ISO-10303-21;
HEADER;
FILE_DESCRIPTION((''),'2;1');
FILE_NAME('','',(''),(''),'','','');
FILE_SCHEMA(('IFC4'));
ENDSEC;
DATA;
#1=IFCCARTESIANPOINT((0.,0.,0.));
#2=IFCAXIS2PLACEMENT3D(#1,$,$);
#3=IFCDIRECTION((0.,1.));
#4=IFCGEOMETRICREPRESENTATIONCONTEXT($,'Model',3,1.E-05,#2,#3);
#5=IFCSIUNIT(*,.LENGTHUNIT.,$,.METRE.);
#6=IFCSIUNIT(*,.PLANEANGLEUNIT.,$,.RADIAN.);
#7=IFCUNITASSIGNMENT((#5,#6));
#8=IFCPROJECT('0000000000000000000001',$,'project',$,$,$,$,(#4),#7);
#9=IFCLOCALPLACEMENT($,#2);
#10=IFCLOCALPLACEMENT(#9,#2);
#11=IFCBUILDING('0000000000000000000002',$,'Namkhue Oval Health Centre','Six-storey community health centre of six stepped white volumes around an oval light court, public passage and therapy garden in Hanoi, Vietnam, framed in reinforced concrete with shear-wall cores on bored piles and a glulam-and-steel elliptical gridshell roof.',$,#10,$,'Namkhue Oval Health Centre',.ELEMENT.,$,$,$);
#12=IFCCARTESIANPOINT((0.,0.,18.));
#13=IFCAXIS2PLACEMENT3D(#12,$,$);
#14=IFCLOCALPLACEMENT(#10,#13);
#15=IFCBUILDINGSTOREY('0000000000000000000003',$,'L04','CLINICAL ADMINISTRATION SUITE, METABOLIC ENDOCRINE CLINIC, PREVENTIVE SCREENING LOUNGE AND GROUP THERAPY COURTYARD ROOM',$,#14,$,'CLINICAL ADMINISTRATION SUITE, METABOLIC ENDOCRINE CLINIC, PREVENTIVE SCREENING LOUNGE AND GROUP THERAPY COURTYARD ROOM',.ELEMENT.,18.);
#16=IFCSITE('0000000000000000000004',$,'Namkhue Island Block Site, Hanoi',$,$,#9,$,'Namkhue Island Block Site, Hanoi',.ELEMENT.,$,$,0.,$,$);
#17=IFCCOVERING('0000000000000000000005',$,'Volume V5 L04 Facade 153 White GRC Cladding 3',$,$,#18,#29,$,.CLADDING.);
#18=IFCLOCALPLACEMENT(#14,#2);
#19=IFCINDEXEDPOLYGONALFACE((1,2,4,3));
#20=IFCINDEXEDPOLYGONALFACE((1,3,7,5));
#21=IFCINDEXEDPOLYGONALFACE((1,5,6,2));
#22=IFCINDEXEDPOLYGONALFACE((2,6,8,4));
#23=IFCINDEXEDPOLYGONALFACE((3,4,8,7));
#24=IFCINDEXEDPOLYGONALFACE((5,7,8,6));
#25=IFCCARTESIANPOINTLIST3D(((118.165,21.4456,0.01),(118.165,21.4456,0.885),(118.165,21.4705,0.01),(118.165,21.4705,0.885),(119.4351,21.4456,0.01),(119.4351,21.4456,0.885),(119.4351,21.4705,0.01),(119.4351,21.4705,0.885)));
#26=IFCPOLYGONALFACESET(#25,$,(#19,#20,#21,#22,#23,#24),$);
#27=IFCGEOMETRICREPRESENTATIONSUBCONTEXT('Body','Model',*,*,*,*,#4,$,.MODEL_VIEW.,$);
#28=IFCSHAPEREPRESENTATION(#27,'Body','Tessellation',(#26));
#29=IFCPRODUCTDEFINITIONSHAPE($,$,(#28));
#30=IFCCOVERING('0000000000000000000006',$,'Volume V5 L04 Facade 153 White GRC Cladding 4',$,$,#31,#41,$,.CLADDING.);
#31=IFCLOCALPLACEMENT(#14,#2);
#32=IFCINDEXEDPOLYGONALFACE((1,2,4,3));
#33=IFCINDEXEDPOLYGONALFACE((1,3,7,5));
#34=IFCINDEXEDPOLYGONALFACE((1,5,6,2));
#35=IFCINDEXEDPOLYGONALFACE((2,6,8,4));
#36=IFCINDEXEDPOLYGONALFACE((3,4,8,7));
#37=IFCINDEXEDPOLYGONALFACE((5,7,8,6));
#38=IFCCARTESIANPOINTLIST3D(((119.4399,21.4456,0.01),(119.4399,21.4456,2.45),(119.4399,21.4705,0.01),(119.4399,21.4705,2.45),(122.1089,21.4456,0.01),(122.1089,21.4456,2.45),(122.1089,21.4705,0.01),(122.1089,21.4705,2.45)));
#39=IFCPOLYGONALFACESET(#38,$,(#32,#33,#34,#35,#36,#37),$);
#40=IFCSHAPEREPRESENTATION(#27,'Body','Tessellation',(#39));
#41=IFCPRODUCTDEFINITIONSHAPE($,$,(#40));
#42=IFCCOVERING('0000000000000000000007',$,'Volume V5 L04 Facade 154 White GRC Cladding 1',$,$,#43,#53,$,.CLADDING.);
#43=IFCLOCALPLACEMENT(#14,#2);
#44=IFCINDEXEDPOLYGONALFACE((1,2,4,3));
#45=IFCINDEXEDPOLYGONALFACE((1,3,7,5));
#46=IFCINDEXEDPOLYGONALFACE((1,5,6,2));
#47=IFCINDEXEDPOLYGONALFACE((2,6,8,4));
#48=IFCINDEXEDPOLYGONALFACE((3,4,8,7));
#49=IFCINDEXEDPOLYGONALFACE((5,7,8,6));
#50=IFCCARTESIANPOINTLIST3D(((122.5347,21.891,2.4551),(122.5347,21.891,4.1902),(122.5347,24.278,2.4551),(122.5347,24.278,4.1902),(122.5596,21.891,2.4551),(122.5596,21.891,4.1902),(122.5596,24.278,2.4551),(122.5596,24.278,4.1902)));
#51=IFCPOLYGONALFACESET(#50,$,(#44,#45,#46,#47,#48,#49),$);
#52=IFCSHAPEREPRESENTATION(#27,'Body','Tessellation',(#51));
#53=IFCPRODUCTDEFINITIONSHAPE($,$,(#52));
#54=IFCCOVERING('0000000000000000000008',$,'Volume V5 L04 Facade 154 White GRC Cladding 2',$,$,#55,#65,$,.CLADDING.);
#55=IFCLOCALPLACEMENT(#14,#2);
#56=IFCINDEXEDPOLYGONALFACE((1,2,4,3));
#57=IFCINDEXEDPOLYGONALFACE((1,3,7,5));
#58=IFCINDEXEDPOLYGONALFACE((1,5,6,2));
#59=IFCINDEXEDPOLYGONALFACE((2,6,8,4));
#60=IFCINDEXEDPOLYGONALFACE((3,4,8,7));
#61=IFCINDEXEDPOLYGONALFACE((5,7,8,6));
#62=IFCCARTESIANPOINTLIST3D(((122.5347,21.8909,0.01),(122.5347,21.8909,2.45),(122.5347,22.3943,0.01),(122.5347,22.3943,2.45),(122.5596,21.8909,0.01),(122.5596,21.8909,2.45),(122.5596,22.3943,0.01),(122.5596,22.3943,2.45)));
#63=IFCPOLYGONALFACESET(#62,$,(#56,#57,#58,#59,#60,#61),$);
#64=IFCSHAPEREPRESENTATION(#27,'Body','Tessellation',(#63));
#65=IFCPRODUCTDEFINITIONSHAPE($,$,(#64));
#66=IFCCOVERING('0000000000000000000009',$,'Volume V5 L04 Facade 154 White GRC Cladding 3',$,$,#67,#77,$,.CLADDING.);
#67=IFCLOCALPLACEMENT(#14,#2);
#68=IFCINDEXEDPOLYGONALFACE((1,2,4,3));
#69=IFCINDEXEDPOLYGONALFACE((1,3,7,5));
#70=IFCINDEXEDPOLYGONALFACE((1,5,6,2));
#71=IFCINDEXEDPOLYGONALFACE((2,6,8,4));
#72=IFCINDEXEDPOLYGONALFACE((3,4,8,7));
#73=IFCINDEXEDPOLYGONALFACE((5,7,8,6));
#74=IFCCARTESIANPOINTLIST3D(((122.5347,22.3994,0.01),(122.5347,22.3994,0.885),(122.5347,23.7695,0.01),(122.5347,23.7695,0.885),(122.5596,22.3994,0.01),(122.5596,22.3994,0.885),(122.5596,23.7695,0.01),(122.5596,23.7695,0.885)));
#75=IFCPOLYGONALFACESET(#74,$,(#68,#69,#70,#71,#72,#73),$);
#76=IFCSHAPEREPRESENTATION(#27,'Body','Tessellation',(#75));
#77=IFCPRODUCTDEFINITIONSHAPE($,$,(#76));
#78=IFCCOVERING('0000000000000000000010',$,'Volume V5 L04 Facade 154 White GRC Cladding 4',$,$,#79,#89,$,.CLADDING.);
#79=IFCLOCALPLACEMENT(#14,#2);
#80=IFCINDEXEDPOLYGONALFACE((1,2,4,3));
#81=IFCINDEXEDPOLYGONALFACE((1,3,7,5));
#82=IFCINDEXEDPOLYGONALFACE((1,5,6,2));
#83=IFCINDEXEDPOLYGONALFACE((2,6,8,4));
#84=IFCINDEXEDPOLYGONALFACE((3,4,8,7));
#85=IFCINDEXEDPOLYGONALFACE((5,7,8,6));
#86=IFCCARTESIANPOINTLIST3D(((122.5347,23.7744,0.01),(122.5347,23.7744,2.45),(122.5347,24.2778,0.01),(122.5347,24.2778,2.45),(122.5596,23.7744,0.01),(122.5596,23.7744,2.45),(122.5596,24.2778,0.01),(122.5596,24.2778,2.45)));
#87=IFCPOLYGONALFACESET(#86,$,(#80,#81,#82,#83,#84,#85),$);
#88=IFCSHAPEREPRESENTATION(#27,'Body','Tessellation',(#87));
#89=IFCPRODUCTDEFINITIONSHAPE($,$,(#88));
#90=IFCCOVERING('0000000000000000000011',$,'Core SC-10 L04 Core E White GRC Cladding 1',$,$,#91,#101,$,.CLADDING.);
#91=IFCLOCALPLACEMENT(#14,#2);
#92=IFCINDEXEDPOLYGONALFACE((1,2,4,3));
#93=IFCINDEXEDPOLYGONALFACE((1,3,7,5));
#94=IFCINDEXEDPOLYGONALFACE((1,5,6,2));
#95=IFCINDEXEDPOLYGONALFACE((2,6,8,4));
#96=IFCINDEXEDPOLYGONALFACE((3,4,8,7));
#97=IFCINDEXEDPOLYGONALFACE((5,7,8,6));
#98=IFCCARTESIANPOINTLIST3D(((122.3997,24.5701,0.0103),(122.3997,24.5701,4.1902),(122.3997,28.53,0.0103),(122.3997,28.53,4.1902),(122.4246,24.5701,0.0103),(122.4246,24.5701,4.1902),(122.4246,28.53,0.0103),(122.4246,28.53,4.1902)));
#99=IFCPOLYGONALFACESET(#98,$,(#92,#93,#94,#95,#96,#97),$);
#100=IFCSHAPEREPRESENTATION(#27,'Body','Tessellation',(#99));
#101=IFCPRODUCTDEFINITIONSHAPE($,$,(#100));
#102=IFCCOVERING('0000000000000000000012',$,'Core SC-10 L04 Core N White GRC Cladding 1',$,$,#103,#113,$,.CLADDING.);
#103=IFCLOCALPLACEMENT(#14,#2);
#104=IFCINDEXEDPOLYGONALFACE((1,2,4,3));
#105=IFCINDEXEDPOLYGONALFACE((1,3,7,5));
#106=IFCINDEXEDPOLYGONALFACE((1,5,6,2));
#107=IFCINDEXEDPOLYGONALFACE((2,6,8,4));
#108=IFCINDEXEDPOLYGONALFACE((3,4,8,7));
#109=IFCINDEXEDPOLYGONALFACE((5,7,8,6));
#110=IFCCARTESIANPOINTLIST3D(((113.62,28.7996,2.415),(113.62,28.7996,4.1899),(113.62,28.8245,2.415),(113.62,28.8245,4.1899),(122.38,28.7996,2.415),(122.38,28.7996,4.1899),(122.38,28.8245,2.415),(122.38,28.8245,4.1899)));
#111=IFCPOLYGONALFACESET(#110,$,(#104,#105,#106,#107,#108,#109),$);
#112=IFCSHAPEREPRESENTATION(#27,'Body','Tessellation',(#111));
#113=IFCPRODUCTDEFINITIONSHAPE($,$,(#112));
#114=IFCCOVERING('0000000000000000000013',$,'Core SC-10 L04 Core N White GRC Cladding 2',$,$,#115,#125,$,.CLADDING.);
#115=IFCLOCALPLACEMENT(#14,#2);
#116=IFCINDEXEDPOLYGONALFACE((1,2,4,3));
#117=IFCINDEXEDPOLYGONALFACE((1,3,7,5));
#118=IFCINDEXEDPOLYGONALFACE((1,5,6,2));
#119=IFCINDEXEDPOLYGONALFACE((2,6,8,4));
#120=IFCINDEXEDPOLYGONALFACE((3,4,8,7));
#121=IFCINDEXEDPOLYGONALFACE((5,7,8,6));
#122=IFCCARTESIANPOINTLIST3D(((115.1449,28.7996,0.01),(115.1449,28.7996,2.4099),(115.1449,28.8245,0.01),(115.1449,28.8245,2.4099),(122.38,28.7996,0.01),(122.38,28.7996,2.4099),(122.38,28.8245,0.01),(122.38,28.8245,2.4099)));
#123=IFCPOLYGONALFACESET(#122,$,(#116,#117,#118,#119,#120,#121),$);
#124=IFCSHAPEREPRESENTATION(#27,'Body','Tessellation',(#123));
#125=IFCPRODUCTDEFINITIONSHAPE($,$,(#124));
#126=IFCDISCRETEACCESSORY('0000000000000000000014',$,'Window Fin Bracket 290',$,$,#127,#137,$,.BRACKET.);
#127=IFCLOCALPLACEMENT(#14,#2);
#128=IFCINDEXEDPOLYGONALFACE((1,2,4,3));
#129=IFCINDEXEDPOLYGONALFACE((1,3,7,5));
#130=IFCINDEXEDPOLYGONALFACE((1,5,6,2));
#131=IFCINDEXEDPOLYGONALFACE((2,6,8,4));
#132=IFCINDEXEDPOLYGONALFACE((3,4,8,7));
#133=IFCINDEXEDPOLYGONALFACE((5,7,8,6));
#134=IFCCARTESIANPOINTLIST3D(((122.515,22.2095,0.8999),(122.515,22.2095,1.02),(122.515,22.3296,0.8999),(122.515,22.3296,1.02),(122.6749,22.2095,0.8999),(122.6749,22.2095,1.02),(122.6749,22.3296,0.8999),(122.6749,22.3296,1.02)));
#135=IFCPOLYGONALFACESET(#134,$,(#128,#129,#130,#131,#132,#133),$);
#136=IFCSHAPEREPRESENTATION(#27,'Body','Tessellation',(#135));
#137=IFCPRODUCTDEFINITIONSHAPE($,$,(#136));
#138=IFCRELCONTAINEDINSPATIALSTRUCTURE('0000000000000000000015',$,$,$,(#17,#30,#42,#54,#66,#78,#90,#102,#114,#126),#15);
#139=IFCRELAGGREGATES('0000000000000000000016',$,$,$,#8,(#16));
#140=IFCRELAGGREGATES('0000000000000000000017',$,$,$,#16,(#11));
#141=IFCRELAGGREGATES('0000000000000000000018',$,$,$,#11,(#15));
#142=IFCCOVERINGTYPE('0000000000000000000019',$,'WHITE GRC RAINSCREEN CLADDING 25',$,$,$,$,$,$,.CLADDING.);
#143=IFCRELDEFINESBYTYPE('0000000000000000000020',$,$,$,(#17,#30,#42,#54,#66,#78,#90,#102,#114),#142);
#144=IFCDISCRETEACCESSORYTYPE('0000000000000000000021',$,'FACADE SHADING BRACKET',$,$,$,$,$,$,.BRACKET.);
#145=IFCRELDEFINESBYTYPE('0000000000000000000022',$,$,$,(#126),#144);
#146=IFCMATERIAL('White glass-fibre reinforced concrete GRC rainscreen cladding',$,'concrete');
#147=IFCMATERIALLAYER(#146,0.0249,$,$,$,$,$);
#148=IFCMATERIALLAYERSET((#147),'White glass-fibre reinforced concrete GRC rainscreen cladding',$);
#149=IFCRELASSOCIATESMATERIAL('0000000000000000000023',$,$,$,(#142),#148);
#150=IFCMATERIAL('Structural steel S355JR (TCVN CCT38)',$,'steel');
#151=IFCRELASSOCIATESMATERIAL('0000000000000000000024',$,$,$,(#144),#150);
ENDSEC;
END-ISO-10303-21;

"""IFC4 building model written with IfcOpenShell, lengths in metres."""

from ifc_helpers import new_model, si_unit, direction, frame, origin, origin_2d, place, context, subcontext, project, spatial, rectangle, extrude, material, layer, layer_set, type_object, element, save


model = new_model("IFC4")

# Units and contexts
model_context = context("Model", 3, precision=1e-05, world=origin(), true_north=direction((0.0, 1.0)))
body_context = subcontext(model_context, "Body", "Model", "MODEL_VIEW")
ifc_project = project(units=[si_unit("LENGTHUNIT", "METRE"), si_unit("PLANEANGLEUNIT", "RADIAN")], contexts=[model_context])

# Site, building, storey
site_placement = place(None, origin())
site = spatial("IfcSite", under=ifc_project, at=site_placement, Name="Namkhue Island Block Site, Hanoi", LongName="Namkhue Island Block Site, Hanoi", CompositionType="ELEMENT", RefElevation=0.0)
building_placement = place(site_placement, origin())
building = spatial("IfcBuilding", under=site, at=building_placement, Name="Namkhue Oval Health Centre", Description="Six-storey community health centre of six stepped white volumes around an oval light court, public passage and therapy garden in Hanoi, Vietnam, framed in reinforced concrete with shear-wall cores on bored piles and a glulam-and-steel elliptical gridshell roof.", LongName="Namkhue Oval Health Centre", CompositionType="ELEMENT")
storey_placement = place(building_placement, frame((0.0, 0.0, 18.0)))
storey = spatial("IfcBuildingStorey", under=building, at=storey_placement, Name="L04", Description="CLINICAL ADMINISTRATION SUITE, METABOLIC ENDOCRINE CLINIC, PREVENTIVE SCREENING LOUNGE AND GROUP THERAPY COURTYARD ROOM", LongName="CLINICAL ADMINISTRATION SUITE, METABOLIC ENDOCRINE CLINIC, PREVENTIVE SCREENING LOUNGE AND GROUP THERAPY COURTYARD ROOM", CompositionType="ELEMENT", Elevation=18.0)

# Coverings
ifc_material_1 = material(Name="White glass-fibre reinforced concrete GRC rainscreen cladding", Category="concrete")
ifc_layer_1 = layer(ifc_material_1, 0.0249)
ifc_layer_set_1 = layer_set([ifc_layer_1], Name="White glass-fibre reinforced concrete GRC rainscreen cladding")
covering_type = type_object("IfcCoveringType", Name="WHITE GRC RAINSCREEN CLADDING 25", PredefinedType="CLADDING", material=ifc_layer_set_1)
covering_1_placement = place(storey_placement, frame((118.8, 21.458, 0.01), z_axis=(0.0, 0.0, 1.0), x_axis=(1.0, 0.0, 0.0)))
element("IfcCovering", 1, at=covering_1_placement, inside=storey, type_object=covering_type, Name="Volume V5 L04 Facade 153 White GRC Cladding 3", PredefinedType="CLADDING", context=body_context, shape_type="SweptSolid", body=[
    extrude(rectangle(XDim=1.27, YDim=0.0249, at=origin_2d()), origin(), (0.0, 0.0, 1.0), 0.875),
])
covering_2_placement = place(storey_placement, frame((120.7744, 21.458, 0.01), z_axis=(0.0, 0.0, 1.0), x_axis=(1.0, 0.0, 0.0)))
element("IfcCovering", 2, at=covering_2_placement, inside=storey, type_object=covering_type, Name="Volume V5 L04 Facade 153 White GRC Cladding 4", PredefinedType="CLADDING", context=body_context, shape_type="SweptSolid", body=[
    extrude(rectangle(XDim=2.6689, YDim=0.0249, at=origin_2d()), origin(), (0.0, 0.0, 1.0), 2.4399),
])
covering_3_placement = place(storey_placement, frame((122.5471, 23.0845, 2.4551), z_axis=(0.0, 0.0, 1.0), x_axis=(0.0, 1.0, 0.0)))
element("IfcCovering", 3, at=covering_3_placement, inside=storey, type_object=covering_type, Name="Volume V5 L04 Facade 154 White GRC Cladding 1", PredefinedType="CLADDING", context=body_context, shape_type="SweptSolid", body=[
    extrude(rectangle(XDim=2.387, YDim=0.0249, at=origin_2d()), origin(), (0.0, 0.0, 1.0), 1.7351),
])
covering_4_placement = place(storey_placement, frame((122.5471, 22.1426, 0.01), z_axis=(0.0, 0.0, 1.0), x_axis=(0.0, 1.0, 0.0)))
element("IfcCovering", 4, at=covering_4_placement, inside=storey, type_object=covering_type, Name="Volume V5 L04 Facade 154 White GRC Cladding 2", PredefinedType="CLADDING", context=body_context, shape_type="SweptSolid", body=[
    extrude(rectangle(XDim=0.5034, YDim=0.0249, at=origin_2d()), origin(), (0.0, 0.0, 1.0), 2.4399),
])
covering_5_placement = place(storey_placement, frame((122.5471, 23.0845, 0.01), z_axis=(0.0, 0.0, 1.0), x_axis=(0.0, 1.0, 0.0)))
element("IfcCovering", 5, at=covering_5_placement, inside=storey, type_object=covering_type, Name="Volume V5 L04 Facade 154 White GRC Cladding 3", PredefinedType="CLADDING", context=body_context, shape_type="SweptSolid", body=[
    extrude(rectangle(XDim=1.3701, YDim=0.0249, at=origin_2d()), origin(), (0.0, 0.0, 1.0), 0.875),
])
covering_6_placement = place(storey_placement, frame((122.5471, 24.0261, 0.01), z_axis=(0.0, 0.0, 1.0), x_axis=(0.0, 1.0, 0.0)))
element("IfcCovering", 6, at=covering_6_placement, inside=storey, type_object=covering_type, Name="Volume V5 L04 Facade 154 White GRC Cladding 4", PredefinedType="CLADDING", context=body_context, shape_type="SweptSolid", body=[
    extrude(rectangle(XDim=0.5034, YDim=0.0249, at=origin_2d()), origin(), (0.0, 0.0, 1.0), 2.4399),
])
covering_7_placement = place(storey_placement, frame((122.4121, 26.55, 0.0103), z_axis=(0.0, 0.0, 1.0), x_axis=(0.0, 1.0, 0.0)))
element("IfcCovering", 7, at=covering_7_placement, inside=storey, type_object=covering_type, Name="Core SC-10 L04 Core E White GRC Cladding 1", PredefinedType="CLADDING", context=body_context, shape_type="SweptSolid", body=[
    extrude(rectangle(XDim=3.96, YDim=0.0249, at=origin_2d()), origin(), (0.0, 0.0, 1.0), 4.1799),
])
covering_8_placement = place(storey_placement, frame((118.0, 28.812, 2.415), z_axis=(0.0, 0.0, 1.0), x_axis=(-1.0, 0.0, 0.0)))
element("IfcCovering", 8, at=covering_8_placement, inside=storey, type_object=covering_type, Name="Core SC-10 L04 Core N White GRC Cladding 1", PredefinedType="CLADDING", context=body_context, shape_type="SweptSolid", body=[
    extrude(rectangle(XDim=8.76, YDim=0.0249, at=origin_2d()), origin(), (0.0, 0.0, 1.0), 1.7749),
])
covering_9_placement = place(storey_placement, frame((118.7625, 28.812, 0.01), z_axis=(0.0, 0.0, 1.0), x_axis=(-1.0, 0.0, 0.0)))
element("IfcCovering", 9, at=covering_9_placement, inside=storey, type_object=covering_type, Name="Core SC-10 L04 Core N White GRC Cladding 2", PredefinedType="CLADDING", context=body_context, shape_type="SweptSolid", body=[
    extrude(rectangle(XDim=7.2351, YDim=0.0249, at=origin_2d()), origin(), (0.0, 0.0, 1.0), 2.3999),
])

# Discrete accessory
ifc_material_2 = material(Name="Structural steel S355JR (TCVN CCT38)", Category="steel")
discrete_accessory_type = type_object("IfcDiscreteAccessoryType", Name="FACADE SHADING BRACKET", PredefinedType="BRACKET", material=ifc_material_2)
discrete_accessory_placement = place(storey_placement, frame((122.595, 22.2695, 0.8999), z_axis=(0.0, 0.0, 1.0), x_axis=(1.0, 0.0, 0.0)))
element("IfcDiscreteAccessory", 10, at=discrete_accessory_placement, inside=storey, type_object=discrete_accessory_type, Name="Window Fin Bracket 290", PredefinedType="BRACKET", context=body_context, shape_type="SweptSolid", body=[
    extrude(rectangle(XDim=0.1599, YDim=0.1201, at=origin_2d()), origin(), (0.0, 0.0, 1.0), 0.1201),
])

save(model, "model.ifc")
